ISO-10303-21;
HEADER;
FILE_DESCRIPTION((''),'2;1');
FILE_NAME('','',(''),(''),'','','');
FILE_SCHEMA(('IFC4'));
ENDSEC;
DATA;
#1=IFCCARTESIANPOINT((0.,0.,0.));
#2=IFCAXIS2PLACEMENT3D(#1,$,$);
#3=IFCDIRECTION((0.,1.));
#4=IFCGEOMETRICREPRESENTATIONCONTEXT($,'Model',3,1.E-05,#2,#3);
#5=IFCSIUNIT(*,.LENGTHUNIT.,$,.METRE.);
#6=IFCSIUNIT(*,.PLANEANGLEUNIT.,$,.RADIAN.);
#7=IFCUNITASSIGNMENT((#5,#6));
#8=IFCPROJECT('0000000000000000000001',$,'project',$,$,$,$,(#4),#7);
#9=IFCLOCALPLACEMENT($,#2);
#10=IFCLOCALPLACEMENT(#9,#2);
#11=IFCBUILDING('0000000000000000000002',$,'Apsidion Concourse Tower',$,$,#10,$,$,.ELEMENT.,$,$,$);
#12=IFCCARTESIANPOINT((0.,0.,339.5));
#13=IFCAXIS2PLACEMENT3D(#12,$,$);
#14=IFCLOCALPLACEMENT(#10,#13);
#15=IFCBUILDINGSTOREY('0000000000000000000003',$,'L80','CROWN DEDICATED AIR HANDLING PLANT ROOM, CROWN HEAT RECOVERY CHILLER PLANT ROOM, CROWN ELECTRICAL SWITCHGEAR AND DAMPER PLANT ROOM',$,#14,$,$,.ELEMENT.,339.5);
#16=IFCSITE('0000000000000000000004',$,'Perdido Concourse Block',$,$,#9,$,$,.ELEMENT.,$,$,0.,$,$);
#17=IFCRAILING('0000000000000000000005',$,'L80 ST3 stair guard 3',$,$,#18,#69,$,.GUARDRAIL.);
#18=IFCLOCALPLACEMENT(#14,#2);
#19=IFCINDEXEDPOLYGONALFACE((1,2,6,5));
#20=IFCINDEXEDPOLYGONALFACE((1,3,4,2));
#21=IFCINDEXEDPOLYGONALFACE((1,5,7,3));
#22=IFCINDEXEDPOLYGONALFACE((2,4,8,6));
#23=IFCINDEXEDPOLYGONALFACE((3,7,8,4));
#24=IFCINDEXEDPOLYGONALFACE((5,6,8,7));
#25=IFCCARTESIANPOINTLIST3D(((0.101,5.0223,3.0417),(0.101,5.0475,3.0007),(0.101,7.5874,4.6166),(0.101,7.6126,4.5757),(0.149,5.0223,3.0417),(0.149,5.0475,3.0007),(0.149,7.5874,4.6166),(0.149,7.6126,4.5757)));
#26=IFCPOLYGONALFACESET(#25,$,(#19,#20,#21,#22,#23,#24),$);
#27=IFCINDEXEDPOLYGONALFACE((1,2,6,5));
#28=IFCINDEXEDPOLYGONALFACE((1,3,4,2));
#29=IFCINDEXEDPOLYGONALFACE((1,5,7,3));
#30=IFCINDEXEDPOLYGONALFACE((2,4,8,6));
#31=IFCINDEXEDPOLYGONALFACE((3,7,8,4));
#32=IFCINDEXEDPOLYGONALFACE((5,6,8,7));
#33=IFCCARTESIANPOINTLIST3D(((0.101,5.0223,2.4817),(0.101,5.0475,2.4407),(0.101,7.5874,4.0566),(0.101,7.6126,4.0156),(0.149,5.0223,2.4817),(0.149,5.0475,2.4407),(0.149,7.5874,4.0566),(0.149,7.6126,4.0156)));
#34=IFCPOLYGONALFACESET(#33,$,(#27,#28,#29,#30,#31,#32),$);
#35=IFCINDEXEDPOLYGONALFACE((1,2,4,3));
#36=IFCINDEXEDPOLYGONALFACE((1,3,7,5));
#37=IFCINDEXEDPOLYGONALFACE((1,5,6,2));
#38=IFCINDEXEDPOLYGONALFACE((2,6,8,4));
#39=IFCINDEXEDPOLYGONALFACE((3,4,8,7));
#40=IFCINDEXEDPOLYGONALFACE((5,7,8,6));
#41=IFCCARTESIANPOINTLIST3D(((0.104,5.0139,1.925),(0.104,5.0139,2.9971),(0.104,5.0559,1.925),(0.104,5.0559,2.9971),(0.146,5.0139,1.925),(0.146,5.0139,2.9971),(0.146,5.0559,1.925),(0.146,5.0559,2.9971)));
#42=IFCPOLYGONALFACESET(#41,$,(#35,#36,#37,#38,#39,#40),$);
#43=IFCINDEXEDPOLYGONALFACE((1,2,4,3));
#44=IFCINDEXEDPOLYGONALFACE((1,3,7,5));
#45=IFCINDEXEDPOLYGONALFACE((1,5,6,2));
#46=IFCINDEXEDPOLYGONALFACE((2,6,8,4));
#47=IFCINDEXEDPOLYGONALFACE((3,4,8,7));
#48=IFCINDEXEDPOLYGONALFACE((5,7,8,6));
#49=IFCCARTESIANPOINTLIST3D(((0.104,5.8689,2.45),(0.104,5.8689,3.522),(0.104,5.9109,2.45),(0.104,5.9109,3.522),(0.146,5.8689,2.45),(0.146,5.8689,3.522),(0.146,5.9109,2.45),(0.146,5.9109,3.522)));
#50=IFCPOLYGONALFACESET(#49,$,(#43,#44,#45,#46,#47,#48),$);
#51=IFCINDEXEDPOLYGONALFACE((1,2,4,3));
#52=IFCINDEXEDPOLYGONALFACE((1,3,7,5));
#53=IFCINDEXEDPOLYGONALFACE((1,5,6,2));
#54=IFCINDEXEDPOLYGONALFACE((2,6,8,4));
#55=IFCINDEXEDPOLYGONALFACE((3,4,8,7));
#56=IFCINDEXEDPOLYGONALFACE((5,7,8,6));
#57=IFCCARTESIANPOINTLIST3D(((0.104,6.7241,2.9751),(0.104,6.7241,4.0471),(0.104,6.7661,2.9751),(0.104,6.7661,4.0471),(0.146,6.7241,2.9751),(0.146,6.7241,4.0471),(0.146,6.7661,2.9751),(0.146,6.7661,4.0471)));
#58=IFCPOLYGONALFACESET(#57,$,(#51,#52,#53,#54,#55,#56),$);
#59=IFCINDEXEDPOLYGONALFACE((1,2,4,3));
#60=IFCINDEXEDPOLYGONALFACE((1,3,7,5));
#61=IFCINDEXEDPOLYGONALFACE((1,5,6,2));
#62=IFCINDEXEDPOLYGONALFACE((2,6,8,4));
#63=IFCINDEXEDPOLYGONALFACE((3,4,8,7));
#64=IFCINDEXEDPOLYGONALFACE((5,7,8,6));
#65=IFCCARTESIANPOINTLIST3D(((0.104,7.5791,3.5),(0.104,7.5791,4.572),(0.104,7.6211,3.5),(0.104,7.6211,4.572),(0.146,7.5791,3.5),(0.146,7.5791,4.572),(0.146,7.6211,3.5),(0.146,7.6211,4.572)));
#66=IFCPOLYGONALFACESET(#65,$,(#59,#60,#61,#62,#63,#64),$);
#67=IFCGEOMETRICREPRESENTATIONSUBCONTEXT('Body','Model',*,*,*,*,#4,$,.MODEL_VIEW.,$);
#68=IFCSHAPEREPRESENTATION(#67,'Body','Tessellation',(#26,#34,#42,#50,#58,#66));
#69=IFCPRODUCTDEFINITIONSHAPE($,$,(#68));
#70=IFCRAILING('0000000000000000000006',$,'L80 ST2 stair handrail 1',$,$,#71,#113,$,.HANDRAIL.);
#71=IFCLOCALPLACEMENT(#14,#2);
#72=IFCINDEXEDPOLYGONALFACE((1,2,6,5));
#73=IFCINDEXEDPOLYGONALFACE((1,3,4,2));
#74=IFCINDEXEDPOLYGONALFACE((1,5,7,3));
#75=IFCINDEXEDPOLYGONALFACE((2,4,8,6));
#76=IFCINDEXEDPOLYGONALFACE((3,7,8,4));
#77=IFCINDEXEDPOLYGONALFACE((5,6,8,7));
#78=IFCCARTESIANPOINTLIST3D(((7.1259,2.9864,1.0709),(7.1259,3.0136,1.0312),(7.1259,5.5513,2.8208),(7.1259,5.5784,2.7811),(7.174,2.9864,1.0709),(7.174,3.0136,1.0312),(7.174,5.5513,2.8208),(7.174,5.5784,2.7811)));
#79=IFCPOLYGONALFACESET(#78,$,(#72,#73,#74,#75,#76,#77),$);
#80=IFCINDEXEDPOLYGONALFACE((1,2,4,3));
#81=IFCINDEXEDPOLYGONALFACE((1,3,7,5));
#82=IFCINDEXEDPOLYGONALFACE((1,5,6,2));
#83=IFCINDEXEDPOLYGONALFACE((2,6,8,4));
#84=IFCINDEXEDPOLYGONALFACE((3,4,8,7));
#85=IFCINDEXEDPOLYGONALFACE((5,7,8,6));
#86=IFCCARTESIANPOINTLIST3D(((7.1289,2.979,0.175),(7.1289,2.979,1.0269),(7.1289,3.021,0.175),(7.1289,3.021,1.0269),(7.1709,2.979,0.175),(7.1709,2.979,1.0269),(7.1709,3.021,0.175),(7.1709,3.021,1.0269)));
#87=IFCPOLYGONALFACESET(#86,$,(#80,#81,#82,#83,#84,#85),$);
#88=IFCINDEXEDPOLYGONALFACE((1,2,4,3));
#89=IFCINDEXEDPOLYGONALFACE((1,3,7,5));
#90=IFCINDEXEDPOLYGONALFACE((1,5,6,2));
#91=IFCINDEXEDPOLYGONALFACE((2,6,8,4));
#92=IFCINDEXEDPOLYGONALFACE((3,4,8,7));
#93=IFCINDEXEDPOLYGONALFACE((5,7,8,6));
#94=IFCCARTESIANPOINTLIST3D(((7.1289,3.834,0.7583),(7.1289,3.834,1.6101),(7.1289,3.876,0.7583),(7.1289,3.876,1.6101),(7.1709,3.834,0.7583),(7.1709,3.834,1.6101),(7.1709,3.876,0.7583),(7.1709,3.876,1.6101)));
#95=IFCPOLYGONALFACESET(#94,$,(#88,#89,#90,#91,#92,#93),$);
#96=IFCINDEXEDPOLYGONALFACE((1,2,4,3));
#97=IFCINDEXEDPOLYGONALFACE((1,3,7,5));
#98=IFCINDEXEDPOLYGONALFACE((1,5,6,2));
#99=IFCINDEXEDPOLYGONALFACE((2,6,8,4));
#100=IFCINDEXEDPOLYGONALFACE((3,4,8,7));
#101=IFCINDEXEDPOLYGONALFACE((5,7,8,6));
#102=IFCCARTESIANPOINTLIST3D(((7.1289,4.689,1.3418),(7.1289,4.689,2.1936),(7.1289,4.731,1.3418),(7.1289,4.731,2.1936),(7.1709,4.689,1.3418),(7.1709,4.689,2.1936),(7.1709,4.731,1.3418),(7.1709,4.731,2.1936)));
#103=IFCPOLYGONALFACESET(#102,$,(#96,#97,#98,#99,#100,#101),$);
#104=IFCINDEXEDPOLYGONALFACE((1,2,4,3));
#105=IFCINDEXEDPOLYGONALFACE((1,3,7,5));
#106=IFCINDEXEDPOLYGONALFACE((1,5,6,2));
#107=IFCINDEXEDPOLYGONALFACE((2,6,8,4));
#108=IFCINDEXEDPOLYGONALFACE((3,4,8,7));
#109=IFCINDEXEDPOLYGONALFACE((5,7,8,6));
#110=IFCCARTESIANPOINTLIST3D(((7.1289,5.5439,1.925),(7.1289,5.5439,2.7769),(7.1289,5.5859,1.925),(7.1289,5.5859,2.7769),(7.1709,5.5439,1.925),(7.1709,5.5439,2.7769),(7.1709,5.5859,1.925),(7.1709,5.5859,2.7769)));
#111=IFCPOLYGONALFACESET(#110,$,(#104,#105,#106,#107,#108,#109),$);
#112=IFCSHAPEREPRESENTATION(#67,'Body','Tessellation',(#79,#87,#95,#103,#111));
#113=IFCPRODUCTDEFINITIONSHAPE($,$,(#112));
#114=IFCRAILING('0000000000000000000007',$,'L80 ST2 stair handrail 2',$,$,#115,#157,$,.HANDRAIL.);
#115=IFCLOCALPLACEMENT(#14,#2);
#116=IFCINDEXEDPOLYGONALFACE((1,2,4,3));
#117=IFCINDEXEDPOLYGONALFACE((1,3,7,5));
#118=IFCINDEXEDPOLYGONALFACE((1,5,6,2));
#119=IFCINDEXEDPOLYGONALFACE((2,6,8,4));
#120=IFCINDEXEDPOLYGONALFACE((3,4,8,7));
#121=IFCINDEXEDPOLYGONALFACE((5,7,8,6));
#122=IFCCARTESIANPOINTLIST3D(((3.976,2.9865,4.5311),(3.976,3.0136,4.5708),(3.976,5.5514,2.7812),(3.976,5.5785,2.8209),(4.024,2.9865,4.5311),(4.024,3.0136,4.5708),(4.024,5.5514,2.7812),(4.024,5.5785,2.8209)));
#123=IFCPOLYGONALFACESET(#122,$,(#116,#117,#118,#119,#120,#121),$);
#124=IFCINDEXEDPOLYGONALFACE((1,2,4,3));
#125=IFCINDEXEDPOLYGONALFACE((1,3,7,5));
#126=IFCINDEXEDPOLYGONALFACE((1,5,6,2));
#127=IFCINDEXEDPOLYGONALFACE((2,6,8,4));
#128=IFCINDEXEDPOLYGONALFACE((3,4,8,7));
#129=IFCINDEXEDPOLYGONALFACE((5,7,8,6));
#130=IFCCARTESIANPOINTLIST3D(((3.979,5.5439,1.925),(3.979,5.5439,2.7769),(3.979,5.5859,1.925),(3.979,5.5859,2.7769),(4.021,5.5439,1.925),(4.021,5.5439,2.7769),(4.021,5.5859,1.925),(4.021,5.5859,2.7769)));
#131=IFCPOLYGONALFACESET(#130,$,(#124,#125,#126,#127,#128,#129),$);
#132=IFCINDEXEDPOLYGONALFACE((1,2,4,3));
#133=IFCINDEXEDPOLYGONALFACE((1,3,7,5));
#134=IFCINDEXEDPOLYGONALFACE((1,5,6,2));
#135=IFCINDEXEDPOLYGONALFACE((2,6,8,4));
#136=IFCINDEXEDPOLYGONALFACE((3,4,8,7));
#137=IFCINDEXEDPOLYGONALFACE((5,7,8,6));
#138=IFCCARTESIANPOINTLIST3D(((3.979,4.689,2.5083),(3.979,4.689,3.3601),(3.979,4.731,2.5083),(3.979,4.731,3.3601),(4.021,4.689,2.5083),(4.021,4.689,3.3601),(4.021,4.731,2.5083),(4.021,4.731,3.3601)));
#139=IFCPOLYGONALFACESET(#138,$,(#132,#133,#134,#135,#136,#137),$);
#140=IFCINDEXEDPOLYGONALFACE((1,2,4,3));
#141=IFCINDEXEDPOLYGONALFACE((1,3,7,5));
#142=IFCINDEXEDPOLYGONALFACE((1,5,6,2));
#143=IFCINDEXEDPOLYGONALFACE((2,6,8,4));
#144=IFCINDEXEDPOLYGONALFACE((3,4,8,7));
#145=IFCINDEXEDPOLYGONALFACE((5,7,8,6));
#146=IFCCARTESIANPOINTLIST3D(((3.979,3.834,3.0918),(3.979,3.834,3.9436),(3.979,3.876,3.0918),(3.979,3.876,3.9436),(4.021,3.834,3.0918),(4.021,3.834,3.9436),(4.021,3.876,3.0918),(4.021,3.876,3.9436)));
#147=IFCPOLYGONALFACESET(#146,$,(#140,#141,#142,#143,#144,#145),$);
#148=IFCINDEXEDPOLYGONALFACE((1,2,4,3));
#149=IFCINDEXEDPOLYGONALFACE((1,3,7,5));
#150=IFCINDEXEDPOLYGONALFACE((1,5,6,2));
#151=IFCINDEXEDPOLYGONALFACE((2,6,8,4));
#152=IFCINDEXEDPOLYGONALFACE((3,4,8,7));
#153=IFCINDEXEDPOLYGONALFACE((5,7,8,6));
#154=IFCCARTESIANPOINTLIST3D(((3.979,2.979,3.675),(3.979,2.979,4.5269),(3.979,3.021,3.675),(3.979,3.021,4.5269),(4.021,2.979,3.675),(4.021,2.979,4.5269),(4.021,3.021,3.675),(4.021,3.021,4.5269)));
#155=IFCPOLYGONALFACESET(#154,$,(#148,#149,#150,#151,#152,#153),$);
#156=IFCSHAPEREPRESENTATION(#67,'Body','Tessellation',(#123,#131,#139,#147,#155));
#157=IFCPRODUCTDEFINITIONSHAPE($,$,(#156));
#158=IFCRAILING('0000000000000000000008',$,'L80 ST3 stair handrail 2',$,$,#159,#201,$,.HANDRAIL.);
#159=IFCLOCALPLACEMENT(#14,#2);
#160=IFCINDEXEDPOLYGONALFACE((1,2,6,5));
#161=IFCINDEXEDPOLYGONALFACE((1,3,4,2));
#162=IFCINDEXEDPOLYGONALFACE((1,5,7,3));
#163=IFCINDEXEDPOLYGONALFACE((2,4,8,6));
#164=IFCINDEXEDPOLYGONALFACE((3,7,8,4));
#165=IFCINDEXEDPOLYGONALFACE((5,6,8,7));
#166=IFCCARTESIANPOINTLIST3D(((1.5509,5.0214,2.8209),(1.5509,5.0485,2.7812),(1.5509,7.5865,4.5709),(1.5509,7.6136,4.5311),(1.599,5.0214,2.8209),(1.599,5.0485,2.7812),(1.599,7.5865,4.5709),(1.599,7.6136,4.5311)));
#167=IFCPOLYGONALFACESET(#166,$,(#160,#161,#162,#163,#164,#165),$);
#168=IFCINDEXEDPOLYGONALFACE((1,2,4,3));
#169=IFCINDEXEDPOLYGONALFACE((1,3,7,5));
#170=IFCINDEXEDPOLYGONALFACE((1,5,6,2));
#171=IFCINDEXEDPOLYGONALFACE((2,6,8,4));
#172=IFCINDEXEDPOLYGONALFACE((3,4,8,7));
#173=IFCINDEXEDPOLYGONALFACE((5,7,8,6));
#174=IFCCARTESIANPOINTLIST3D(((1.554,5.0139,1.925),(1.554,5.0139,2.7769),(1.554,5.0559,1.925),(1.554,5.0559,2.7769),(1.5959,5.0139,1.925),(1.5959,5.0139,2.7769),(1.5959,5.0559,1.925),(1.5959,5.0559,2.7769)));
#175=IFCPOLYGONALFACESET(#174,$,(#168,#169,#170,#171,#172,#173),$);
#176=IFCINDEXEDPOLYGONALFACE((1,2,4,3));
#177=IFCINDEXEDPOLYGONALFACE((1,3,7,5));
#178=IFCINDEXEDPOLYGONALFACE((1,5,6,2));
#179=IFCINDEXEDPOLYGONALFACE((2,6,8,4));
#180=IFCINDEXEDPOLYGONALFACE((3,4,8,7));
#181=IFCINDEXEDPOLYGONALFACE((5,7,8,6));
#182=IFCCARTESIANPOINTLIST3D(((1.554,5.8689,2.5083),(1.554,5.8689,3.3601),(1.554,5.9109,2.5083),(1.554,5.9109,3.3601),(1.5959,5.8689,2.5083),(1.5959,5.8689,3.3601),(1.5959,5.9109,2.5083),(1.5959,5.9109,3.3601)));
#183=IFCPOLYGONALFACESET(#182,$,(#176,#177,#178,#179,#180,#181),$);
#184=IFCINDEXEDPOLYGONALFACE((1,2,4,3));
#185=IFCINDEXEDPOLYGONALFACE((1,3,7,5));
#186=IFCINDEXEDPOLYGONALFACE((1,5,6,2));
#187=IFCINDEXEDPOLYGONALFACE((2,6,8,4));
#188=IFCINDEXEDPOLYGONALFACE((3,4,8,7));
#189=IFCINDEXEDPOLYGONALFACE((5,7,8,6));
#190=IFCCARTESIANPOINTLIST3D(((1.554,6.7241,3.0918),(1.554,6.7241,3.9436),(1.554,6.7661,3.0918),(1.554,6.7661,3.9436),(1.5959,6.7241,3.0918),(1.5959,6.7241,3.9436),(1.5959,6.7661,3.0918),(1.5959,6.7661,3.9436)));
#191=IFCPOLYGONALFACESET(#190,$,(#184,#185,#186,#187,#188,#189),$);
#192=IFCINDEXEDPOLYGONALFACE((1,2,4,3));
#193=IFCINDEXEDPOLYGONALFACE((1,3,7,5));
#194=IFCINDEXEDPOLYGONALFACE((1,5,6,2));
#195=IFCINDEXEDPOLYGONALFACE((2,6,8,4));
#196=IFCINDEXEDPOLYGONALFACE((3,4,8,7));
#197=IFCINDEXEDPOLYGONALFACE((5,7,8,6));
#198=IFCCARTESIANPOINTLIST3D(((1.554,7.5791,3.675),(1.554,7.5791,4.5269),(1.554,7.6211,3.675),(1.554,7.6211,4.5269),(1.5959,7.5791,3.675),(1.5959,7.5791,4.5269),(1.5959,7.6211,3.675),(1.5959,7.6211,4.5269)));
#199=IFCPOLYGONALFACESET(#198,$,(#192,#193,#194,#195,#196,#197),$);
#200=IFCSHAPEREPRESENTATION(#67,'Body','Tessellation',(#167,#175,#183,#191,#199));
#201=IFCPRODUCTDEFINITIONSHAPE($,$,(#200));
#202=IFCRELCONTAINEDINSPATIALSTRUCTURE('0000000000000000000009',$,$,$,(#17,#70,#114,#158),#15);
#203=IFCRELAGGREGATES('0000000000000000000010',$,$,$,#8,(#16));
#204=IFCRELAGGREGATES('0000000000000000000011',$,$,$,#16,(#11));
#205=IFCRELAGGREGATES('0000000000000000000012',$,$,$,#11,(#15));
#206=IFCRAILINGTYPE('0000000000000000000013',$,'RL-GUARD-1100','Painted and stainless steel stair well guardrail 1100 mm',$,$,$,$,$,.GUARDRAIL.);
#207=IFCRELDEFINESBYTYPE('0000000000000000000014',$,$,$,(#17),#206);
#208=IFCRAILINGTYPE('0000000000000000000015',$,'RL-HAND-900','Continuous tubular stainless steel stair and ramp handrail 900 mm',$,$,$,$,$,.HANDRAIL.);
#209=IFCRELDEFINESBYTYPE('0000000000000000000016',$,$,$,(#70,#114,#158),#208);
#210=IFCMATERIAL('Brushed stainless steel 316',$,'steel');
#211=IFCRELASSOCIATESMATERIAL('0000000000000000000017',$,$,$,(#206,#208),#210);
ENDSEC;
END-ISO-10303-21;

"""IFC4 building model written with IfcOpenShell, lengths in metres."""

from ifc_helpers import new_model, si_unit, direction, frame, origin, origin_2d, place, context, subcontext, project, spatial, rectangle, extrude, material, type_object, element, save


model = new_model("IFC4")

# Units and contexts
model_context = context("Model", 3, precision=1e-05, world=origin(), true_north=direction((0.0, 1.0)))
body_context = subcontext(model_context, "Body", "Model", "MODEL_VIEW")
ifc_project = project(units=[si_unit("LENGTHUNIT", "METRE"), si_unit("PLANEANGLEUNIT", "RADIAN")], contexts=[model_context])

# Site, building, storey
site_placement = place(None, origin())
site = spatial("IfcSite", under=ifc_project, at=site_placement, Name="Perdido Concourse Block", CompositionType="ELEMENT", RefElevation=0.0)
building_placement = place(site_placement, origin())
building = spatial("IfcBuilding", under=site, at=building_placement, Name="Apsidion Concourse Tower", CompositionType="ELEMENT")
storey_placement = place(building_placement, frame((0.0, 0.0, 339.5)))
storey = spatial("IfcBuildingStorey", under=building, at=storey_placement, Name="L80", Description="CROWN DEDICATED AIR HANDLING PLANT ROOM, CROWN HEAT RECOVERY CHILLER PLANT ROOM, CROWN ELECTRICAL SWITCHGEAR AND DAMPER PLANT ROOM", CompositionType="ELEMENT", Elevation=339.5)

# Shared definitions
ifc_material_1 = material(Name="Brushed stainless steel 316", Category="steel")

# Railings
railing_type_1 = type_object("IfcRailingType", Name="RL-GUARD-1100", Description="Painted and stainless steel stair well guardrail 1100 mm", PredefinedType="GUARDRAIL", material=ifc_material_1)
railing_1_placement = place(storey_placement, frame((0.125, 5.0349, 1.925)))
element("IfcRailing", 1, at=railing_1_placement, inside=storey, type_object=railing_type_1, Name="L80 ST3 stair guard 3", PredefinedType="GUARDRAIL", context=body_context, shape_type="SweptSolid", body=[
    extrude(rectangle(XDim=0.0481, YDim=0.0481, at=origin_2d()), frame((0.0, 0.0, 1.0962), z_axis=(0.0, 0.852195, 0.523224), x_axis=(-1.0, 0.0, 0.0)), (0.0, 0.0, 1.0), 3.01),
    extrude(rectangle(XDim=0.0481, YDim=0.0481, at=origin_2d()), frame((0.0, 0.0, 0.5361), z_axis=(0.0, 0.852195, 0.523224), x_axis=(-1.0, 0.0, 0.0)), (0.0, 0.0, 1.0), 3.01),
    extrude(rectangle(XDim=0.042, YDim=0.042, at=origin_2d()), origin(), (0.0, 0.0, 1.0), 1.072),
    extrude(rectangle(XDim=0.042, YDim=0.042, at=origin_2d()), frame((0.0, 0.855, 0.5249)), (0.0, 0.0, 1.0), 1.072),
    extrude(rectangle(XDim=0.042, YDim=0.042, at=origin_2d()), frame((0.0, 1.7102, 1.05)), (0.0, 0.0, 1.0), 1.072),
    extrude(rectangle(XDim=0.042, YDim=0.042, at=origin_2d()), frame((0.0, 2.5652, 1.575)), (0.0, 0.0, 1.0), 1.072),
])
railing_type_2 = type_object("IfcRailingType", Name="RL-HAND-900", Description="Continuous tubular stainless steel stair and ramp handrail 900 mm", PredefinedType="HANDRAIL", material=ifc_material_1)
railing_2_placement = place(storey_placement, frame((7.1499, 3.0, 0.175)))
element("IfcRailing", 2, at=railing_2_placement, inside=storey, type_object=railing_type_2, Name="L80 ST2 stair handrail 1", PredefinedType="HANDRAIL", context=body_context, shape_type="SweptSolid", body=[
    extrude(rectangle(XDim=0.0481, YDim=0.0481, at=origin_2d()), frame((0.0, 0.0, 0.876), z_axis=(0.0, 0.826051, 0.563595), x_axis=(-1.0, 0.0, 0.0)), (0.0, 0.0, 1.0), 3.105),
    extrude(rectangle(XDim=0.042, YDim=0.042, at=origin_2d()), origin(), (0.0, 0.0, 1.0), 0.8518),
    extrude(rectangle(XDim=0.042, YDim=0.042, at=origin_2d()), frame((0.0, 0.855, 0.5833)), (0.0, 0.0, 1.0), 0.8518),
    extrude(rectangle(XDim=0.042, YDim=0.042, at=origin_2d()), frame((0.0, 1.71, 1.1667)), (0.0, 0.0, 1.0), 0.8518),
    extrude(rectangle(XDim=0.042, YDim=0.042, at=origin_2d()), frame((0.0, 2.5649, 1.75)), (0.0, 0.0, 1.0), 0.8518),
])
railing_3_placement = place(storey_placement, frame((4.0, 5.5649, 1.925)))
element("IfcRailing", 3, at=railing_3_placement, inside=storey, type_object=railing_type_2, Name="L80 ST2 stair handrail 2", PredefinedType="HANDRAIL", context=body_context, shape_type="SweptSolid", body=[
    extrude(rectangle(XDim=0.0481, YDim=0.0481, at=origin_2d()), frame((0.0, 0.0, 0.876), z_axis=(0.0, -0.826051, 0.563595), x_axis=(1.0, 0.0, 0.0)), (0.0, 0.0, 1.0), 3.105),
    extrude(rectangle(XDim=0.042, YDim=0.042, at=origin_2d()), origin(), (0.0, 0.0, 1.0), 0.8518),
    extrude(rectangle(XDim=0.042, YDim=0.042, at=origin_2d()), frame((0.0, -0.855, 0.5833)), (0.0, 0.0, 1.0), 0.8518),
    extrude(rectangle(XDim=0.042, YDim=0.042, at=origin_2d()), frame((0.0, -1.71, 1.1667)), (0.0, 0.0, 1.0), 0.8518),
    extrude(rectangle(XDim=0.042, YDim=0.042, at=origin_2d()), frame((0.0, -2.5649, 1.75)), (0.0, 0.0, 1.0), 0.8518),
])
railing_4_placement = place(storey_placement, frame((1.575, 5.0349, 1.925)))
element("IfcRailing", 4, at=railing_4_placement, inside=storey, type_object=railing_type_2, Name="L80 ST3 stair handrail 2", PredefinedType="HANDRAIL", context=body_context, shape_type="SweptSolid", body=[
    extrude(rectangle(XDim=0.0481, YDim=0.0481, at=origin_2d()), frame((0.0, 0.0, 0.876), z_axis=(0.0, 0.826076, 0.563559), x_axis=(-1.0, 0.0, 0.0)), (0.0, 0.0, 1.0), 3.1052),
    extrude(rectangle(XDim=0.042, YDim=0.042, at=origin_2d()), origin(), (0.0, 0.0, 1.0), 0.8518),
    extrude(rectangle(XDim=0.042, YDim=0.042, at=origin_2d()), frame((0.0, 0.855, 0.5833)), (0.0, 0.0, 1.0), 0.8518),
    extrude(rectangle(XDim=0.042, YDim=0.042, at=origin_2d()), frame((0.0, 1.7102, 1.1667)), (0.0, 0.0, 1.0), 0.8518),
    extrude(rectangle(XDim=0.042, YDim=0.042, at=origin_2d()), frame((0.0, 2.5652, 1.75)), (0.0, 0.0, 1.0), 0.8518),
])

save(model, "model.ifc")
